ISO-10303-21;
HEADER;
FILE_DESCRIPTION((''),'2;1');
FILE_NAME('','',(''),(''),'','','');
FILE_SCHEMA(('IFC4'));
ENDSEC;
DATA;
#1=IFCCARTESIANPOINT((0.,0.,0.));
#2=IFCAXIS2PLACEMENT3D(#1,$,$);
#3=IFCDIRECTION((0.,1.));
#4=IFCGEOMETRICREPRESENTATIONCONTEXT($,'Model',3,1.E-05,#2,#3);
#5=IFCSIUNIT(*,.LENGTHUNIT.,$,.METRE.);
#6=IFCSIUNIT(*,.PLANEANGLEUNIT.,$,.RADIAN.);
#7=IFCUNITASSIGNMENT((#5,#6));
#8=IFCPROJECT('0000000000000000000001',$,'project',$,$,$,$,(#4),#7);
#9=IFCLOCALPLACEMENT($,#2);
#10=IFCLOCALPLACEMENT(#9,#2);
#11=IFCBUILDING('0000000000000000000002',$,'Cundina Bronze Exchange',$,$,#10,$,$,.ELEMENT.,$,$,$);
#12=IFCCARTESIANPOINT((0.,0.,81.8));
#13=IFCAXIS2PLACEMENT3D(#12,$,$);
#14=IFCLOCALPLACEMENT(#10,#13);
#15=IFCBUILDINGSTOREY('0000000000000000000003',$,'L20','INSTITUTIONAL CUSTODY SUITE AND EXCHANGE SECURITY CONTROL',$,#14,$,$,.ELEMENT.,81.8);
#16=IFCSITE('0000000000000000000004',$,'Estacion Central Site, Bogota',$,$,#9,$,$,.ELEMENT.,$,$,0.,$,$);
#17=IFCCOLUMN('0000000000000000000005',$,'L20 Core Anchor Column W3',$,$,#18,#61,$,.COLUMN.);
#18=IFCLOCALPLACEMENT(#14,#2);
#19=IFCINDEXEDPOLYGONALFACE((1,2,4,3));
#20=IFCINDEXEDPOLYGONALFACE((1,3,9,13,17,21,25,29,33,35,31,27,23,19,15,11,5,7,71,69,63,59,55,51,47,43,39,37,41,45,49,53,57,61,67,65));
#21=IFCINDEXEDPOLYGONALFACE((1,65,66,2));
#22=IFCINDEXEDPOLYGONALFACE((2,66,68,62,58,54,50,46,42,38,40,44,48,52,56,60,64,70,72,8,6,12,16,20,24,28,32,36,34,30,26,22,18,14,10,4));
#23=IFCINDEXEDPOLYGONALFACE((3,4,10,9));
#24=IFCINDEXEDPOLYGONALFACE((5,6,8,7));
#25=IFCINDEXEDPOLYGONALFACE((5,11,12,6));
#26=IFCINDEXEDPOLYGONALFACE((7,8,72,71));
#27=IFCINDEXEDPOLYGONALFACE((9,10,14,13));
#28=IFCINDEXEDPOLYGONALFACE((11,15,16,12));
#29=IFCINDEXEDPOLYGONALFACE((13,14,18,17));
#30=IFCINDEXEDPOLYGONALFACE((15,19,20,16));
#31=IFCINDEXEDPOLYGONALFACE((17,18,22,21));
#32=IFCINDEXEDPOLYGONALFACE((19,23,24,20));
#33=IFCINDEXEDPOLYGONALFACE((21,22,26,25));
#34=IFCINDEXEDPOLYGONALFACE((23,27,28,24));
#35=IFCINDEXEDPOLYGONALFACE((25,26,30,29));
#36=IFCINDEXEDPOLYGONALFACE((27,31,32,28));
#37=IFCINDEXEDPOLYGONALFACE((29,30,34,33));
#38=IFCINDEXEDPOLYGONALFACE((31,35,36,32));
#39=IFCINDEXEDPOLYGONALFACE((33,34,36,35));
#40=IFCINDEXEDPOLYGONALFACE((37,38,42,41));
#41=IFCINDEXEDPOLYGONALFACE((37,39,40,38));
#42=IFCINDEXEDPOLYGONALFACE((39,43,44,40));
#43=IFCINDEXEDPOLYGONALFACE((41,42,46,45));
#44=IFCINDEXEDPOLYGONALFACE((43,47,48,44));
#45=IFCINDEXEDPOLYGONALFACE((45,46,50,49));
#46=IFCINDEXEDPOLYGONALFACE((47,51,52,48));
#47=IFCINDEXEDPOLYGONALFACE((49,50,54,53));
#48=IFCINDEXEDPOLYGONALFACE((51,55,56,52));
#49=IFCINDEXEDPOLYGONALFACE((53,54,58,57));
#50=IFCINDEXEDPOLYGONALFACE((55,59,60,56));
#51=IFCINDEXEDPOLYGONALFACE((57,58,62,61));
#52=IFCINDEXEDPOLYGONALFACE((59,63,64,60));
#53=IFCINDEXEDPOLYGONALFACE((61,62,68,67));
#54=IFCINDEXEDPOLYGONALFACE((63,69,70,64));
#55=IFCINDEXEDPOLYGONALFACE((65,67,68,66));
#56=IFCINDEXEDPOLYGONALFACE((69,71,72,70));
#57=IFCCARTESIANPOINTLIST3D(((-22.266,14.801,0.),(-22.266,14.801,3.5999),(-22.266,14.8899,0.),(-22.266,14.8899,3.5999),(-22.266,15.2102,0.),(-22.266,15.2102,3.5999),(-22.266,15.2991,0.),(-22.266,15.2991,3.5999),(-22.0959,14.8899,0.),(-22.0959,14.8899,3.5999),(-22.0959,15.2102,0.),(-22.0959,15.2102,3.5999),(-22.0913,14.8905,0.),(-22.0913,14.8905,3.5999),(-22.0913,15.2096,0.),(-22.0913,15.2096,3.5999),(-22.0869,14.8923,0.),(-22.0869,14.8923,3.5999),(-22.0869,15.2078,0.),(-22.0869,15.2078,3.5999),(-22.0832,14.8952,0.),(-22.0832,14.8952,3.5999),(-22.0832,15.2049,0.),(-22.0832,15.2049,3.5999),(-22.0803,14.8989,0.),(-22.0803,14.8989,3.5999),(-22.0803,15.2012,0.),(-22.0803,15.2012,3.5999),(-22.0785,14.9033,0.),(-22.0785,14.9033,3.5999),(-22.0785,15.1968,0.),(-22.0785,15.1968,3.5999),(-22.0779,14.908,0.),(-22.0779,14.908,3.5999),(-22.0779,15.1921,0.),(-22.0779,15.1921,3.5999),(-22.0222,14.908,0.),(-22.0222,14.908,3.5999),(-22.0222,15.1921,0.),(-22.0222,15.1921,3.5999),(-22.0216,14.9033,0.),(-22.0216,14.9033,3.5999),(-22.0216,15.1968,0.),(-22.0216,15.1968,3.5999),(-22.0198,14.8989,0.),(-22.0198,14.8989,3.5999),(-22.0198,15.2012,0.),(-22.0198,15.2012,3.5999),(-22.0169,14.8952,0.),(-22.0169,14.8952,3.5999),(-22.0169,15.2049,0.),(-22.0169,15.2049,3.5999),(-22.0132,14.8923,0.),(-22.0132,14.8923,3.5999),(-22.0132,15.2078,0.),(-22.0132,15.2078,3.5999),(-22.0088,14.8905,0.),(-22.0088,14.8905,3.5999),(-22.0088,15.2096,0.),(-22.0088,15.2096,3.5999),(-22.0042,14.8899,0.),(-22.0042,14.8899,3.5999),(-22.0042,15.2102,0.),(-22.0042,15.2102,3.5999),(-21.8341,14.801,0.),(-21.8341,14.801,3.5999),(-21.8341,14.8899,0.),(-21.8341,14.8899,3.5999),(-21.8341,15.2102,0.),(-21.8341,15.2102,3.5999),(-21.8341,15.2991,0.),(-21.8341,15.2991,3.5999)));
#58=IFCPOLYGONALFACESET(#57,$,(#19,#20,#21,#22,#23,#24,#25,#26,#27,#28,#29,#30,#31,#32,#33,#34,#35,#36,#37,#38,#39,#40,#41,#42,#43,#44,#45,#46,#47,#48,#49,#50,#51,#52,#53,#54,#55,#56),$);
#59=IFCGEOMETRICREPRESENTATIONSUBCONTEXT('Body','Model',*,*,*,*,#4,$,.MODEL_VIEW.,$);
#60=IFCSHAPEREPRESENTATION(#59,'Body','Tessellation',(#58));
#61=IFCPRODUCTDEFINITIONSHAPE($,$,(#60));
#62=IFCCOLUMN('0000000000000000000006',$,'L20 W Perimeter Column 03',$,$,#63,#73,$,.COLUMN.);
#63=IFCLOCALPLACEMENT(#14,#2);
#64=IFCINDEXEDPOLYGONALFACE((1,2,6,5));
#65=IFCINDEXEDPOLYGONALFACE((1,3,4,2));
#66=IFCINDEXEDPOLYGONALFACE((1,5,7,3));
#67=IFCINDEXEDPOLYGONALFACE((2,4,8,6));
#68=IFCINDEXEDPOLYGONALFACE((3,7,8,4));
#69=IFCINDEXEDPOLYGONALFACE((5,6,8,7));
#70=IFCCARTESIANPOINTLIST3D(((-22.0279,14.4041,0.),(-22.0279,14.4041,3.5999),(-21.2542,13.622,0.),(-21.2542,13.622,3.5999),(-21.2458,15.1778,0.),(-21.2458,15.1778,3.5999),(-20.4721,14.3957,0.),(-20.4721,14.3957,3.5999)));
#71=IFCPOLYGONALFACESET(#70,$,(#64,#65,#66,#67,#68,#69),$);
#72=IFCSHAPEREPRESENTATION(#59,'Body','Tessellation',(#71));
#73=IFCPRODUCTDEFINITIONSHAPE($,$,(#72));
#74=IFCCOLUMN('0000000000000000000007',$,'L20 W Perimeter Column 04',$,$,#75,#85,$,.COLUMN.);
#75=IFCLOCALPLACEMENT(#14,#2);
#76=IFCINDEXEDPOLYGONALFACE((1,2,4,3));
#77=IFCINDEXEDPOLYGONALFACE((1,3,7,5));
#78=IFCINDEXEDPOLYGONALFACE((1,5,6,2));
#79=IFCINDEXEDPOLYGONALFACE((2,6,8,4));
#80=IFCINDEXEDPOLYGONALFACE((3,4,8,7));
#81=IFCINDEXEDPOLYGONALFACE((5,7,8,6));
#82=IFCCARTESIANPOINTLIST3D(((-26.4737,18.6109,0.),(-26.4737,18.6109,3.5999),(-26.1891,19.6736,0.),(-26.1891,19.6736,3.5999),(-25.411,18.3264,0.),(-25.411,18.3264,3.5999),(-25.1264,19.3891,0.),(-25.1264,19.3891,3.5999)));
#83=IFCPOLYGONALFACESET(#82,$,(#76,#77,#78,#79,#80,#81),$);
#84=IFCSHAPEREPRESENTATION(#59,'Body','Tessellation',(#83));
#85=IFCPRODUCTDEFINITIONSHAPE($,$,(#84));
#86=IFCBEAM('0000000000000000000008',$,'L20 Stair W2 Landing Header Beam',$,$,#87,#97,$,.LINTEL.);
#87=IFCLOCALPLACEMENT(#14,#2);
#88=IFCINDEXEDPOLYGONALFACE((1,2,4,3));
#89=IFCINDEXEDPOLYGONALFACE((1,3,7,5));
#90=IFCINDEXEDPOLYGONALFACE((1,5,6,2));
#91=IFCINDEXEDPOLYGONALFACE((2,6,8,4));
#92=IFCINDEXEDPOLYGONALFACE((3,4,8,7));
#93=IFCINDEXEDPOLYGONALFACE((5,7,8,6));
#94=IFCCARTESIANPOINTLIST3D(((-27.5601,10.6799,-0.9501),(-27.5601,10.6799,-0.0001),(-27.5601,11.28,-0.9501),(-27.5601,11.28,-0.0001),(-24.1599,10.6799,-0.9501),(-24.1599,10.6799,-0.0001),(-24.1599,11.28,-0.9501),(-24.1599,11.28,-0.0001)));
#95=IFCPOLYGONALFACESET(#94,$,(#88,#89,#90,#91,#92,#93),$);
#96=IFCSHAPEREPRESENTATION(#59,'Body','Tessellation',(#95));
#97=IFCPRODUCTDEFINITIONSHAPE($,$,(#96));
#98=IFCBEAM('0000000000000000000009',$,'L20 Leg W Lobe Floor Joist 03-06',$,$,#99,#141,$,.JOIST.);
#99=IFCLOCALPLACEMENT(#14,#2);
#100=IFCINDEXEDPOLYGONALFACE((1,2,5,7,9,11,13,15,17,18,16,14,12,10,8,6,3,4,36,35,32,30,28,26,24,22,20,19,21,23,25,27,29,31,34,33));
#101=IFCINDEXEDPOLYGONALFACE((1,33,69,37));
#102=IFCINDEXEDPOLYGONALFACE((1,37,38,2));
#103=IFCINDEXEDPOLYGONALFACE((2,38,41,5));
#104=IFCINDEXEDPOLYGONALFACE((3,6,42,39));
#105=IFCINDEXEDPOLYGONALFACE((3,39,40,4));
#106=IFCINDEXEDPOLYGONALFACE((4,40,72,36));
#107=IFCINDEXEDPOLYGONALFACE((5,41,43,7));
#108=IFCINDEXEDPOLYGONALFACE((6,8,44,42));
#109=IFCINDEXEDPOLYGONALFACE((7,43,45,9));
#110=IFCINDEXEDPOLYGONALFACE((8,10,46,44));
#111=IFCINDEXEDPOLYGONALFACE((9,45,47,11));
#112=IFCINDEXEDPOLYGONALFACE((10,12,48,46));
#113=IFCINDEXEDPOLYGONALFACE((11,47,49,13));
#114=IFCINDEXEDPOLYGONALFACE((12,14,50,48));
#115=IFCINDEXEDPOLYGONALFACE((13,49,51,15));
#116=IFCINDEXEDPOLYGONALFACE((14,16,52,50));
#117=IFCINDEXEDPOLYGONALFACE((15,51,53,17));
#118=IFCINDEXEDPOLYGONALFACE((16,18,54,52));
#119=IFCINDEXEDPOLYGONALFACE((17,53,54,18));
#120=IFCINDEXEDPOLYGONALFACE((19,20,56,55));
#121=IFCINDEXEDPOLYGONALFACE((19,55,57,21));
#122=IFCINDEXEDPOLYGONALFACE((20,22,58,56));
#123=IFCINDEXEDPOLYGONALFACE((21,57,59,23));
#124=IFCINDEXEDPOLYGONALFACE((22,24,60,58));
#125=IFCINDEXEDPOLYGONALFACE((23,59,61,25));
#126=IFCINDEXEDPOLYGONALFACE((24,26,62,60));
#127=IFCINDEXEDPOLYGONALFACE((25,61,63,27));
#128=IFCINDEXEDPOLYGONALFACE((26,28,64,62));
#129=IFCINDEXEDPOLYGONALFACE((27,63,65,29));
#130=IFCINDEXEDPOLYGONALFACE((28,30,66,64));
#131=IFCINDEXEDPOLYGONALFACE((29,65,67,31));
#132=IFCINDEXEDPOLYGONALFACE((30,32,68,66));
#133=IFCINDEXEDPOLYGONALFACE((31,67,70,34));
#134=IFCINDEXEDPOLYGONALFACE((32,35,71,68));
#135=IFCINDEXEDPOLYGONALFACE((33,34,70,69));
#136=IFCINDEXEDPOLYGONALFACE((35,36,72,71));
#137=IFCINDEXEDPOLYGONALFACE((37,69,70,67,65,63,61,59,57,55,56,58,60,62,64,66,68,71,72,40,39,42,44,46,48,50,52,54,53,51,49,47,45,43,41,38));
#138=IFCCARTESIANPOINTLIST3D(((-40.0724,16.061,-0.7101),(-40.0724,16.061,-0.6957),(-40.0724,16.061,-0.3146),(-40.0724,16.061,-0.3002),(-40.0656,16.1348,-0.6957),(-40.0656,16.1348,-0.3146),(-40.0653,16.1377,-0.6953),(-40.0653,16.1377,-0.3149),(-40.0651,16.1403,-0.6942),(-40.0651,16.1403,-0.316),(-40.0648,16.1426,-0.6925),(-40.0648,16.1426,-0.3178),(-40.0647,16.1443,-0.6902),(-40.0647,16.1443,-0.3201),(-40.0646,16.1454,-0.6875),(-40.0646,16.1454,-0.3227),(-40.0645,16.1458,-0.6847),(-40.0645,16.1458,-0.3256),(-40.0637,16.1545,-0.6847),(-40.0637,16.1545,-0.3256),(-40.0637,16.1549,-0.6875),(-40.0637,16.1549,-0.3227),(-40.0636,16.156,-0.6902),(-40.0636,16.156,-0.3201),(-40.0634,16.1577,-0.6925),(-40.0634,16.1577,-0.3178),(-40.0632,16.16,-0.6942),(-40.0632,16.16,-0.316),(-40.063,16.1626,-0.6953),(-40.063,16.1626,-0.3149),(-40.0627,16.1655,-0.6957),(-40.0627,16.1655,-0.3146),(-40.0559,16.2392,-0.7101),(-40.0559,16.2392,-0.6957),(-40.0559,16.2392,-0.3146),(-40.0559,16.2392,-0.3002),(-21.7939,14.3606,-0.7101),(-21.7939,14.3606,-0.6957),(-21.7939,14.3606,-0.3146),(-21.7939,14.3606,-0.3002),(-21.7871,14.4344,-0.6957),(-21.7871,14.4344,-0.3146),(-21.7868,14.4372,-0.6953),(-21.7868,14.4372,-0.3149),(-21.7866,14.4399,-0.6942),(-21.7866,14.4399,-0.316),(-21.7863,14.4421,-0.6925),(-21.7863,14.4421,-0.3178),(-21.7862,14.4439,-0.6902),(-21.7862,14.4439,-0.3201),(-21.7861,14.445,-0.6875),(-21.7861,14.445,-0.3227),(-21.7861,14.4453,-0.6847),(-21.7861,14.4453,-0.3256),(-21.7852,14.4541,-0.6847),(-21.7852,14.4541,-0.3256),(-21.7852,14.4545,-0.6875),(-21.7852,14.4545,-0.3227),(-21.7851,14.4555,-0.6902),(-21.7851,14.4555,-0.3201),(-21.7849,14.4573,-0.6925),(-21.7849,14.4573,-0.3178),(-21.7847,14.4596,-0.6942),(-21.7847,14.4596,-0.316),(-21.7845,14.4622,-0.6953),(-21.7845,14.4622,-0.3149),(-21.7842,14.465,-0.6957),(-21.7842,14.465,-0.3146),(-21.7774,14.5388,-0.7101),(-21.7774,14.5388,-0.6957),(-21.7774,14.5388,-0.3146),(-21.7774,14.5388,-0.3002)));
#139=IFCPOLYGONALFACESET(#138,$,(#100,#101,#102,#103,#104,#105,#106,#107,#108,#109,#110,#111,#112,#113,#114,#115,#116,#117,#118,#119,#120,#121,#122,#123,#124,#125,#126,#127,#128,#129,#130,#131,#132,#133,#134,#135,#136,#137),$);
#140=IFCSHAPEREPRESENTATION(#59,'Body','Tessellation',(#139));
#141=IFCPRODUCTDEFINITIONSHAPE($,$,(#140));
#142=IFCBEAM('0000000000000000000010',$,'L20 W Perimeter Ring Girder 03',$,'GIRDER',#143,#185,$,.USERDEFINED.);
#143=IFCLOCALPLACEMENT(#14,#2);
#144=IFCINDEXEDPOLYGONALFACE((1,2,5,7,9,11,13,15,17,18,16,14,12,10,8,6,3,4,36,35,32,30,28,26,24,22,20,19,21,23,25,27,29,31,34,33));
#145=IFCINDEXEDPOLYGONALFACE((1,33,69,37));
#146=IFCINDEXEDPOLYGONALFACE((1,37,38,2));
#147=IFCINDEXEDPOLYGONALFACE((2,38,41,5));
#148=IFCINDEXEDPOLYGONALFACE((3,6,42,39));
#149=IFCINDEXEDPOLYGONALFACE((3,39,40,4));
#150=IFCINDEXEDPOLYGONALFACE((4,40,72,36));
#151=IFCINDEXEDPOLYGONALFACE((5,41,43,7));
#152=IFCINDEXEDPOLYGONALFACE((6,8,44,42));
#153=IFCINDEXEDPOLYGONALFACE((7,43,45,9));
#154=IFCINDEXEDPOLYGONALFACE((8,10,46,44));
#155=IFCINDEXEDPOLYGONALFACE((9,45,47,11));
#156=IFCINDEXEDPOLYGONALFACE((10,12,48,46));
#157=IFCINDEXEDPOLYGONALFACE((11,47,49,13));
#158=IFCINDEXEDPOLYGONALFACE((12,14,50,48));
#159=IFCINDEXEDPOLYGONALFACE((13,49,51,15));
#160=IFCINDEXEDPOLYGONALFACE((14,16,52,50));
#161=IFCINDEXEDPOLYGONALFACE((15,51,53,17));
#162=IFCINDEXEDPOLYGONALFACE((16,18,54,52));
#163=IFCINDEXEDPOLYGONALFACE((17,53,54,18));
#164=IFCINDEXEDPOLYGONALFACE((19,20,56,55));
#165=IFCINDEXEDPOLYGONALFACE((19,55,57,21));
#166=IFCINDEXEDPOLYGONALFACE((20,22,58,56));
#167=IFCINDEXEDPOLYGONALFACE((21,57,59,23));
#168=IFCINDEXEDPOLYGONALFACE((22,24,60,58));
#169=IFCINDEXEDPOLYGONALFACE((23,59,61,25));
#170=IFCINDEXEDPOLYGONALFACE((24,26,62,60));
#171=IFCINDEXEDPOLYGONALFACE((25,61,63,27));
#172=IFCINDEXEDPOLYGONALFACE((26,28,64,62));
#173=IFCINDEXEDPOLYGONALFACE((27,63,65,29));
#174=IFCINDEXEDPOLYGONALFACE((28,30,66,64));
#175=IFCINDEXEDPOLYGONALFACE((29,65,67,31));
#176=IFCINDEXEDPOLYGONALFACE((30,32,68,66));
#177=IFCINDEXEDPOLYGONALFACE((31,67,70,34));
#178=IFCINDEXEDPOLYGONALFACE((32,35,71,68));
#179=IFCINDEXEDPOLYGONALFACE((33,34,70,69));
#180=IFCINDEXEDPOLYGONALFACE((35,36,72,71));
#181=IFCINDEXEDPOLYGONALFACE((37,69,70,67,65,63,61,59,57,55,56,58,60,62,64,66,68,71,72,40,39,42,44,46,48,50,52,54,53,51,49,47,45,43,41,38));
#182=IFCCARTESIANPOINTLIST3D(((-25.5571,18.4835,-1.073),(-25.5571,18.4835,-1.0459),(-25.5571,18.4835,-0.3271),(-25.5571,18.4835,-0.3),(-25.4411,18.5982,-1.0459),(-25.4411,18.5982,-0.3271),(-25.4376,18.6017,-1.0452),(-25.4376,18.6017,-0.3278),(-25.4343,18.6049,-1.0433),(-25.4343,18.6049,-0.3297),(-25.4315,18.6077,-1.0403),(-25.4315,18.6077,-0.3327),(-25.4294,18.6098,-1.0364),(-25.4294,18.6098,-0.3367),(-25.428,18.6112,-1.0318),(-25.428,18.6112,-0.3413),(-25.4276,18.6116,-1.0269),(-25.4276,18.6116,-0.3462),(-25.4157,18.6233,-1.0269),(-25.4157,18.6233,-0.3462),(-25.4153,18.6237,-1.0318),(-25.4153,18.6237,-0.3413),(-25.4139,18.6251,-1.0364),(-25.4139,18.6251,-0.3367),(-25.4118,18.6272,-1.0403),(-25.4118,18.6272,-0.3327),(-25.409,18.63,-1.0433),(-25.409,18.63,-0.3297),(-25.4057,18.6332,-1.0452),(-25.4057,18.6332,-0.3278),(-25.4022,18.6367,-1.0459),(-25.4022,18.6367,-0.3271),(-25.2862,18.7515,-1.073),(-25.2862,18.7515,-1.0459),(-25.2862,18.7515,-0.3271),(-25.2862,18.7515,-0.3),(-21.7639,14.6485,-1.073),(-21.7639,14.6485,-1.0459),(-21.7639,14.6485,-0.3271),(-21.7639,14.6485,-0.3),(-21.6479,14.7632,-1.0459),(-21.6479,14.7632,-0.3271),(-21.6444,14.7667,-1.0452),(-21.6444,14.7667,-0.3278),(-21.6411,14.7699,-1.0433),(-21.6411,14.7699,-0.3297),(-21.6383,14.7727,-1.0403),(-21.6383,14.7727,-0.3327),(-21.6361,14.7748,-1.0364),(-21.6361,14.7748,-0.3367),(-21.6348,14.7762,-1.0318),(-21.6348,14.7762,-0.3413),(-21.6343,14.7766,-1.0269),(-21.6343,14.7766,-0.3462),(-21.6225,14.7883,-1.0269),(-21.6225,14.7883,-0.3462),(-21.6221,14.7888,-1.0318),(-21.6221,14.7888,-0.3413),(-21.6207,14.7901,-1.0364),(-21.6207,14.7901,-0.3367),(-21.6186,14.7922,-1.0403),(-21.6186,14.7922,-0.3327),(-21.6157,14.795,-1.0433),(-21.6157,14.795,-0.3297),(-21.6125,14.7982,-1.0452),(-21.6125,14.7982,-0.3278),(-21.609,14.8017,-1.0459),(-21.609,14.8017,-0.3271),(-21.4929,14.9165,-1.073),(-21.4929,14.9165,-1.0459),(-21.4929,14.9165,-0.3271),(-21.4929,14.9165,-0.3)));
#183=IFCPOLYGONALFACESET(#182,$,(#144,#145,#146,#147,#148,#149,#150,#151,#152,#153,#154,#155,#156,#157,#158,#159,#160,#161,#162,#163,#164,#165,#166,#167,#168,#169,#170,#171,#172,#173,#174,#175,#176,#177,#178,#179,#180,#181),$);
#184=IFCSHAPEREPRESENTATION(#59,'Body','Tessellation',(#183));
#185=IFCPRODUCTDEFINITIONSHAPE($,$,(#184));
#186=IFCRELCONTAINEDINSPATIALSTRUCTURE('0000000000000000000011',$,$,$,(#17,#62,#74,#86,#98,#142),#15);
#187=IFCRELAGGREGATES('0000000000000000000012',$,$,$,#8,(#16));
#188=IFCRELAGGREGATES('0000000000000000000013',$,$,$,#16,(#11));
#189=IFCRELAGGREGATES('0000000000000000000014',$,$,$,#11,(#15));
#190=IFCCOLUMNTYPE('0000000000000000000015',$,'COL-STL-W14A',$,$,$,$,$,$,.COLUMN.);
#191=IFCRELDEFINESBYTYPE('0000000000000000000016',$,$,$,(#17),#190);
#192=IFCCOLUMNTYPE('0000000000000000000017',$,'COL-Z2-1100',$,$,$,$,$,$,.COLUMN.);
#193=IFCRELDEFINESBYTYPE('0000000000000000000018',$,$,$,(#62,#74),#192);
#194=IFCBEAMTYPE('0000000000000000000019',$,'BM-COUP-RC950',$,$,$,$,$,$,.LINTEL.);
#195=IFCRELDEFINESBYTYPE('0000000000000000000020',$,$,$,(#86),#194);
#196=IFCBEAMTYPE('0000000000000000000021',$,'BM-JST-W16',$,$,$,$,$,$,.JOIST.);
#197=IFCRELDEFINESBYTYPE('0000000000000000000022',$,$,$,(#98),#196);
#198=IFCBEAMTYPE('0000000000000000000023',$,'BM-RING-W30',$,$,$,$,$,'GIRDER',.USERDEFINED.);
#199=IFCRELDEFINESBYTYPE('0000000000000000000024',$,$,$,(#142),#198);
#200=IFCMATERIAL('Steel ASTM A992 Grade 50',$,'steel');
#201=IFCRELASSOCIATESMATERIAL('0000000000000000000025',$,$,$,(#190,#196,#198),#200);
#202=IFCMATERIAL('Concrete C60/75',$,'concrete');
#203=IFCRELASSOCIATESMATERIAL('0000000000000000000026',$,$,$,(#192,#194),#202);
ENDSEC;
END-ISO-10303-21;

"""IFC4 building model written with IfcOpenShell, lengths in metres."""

from ifc_helpers import new_model, si_unit, direction, frame, origin, origin_2d, place, context, subcontext, project, spatial, rectangle, i_section, extrude, material, material_profile, profile_set, type_object, element, save


model = new_model("IFC4")

# Units and contexts
model_context = context("Model", 3, precision=1e-05, world=origin(), true_north=direction((0.0, 1.0)))
body_context = subcontext(model_context, "Body", "Model", "MODEL_VIEW")
ifc_project = project(units=[si_unit("LENGTHUNIT", "METRE"), si_unit("PLANEANGLEUNIT", "RADIAN")], contexts=[model_context])

# Site, building, storey
site_placement = place(None, origin())
site = spatial("IfcSite", under=ifc_project, at=site_placement, Name="Estacion Central Site, Bogota", CompositionType="ELEMENT", RefElevation=0.0)
building_placement = place(site_placement, origin())
building = spatial("IfcBuilding", under=site, at=building_placement, Name="Cundina Bronze Exchange", CompositionType="ELEMENT")
storey_placement = place(building_placement, frame((0.0, 0.0, 81.8)))
storey = spatial("IfcBuildingStorey", under=building, at=storey_placement, Name="L20", Description="INSTITUTIONAL CUSTODY SUITE AND EXCHANGE SECURITY CONTROL", CompositionType="ELEMENT", Elevation=81.8)

# Columns
ifc_material_1 = material(Name="Steel ASTM A992 Grade 50", Category="steel")
ifc_material_profile_1 = material_profile(ifc_material_1, i_section(OverallWidth=0.4319, OverallDepth=0.498, WebThickness=0.0557, FlangeThickness=0.0889, FilletRadius=0.0181, at=origin_2d()), Name="W14X500", Category="steel")
ifc_profile_set_1 = profile_set([ifc_material_profile_1], Name="Steel ASTM A992 Grade 50")
column_type_1 = type_object("IfcColumnType", Name="COL-STL-W14A", PredefinedType="COLUMN", material=ifc_profile_set_1)
column_placement = place(storey_placement, frame((-22.05, 15.05, 0.0), z_axis=(0.0, 0.0, 1.0), x_axis=(1.0, 0.0, 0.0)))
element("IfcColumn", 1, at=column_placement, inside=storey, type_object=column_type_1, Name="L20 Core Anchor Column W3", PredefinedType="COLUMN", context=body_context, shape_type="SweptSolid", body=[
    extrude(i_section(OverallWidth=0.4319, OverallDepth=0.498, WebThickness=0.0557, FlangeThickness=0.0889, FilletRadius=0.0181, at=origin_2d()), origin(), (0.0, 0.0, 1.0), 3.5999),
])
ifc_material_2 = material(Name="Concrete C60/75", Category="concrete")
ifc_material_profile_2 = material_profile(ifc_material_2, rectangle(XDim=1.1001, YDim=1.1001, at=origin_2d()), Name="RC1100X1100", Category="concrete")
ifc_profile_set_2 = profile_set([ifc_material_profile_2], Name="Concrete C60/75")
column_type_2 = type_object("IfcColumnType", Name="COL-Z2-1100", PredefinedType="COLUMN", material=ifc_profile_set_2)
for number, where, z_axis, x_axis, name in (
    (2, (-21.25, 14.3999, 0.0), (0.0, 0.0, 1.0), (-0.703271, 0.710922, 0.0), "L20 W Perimeter Column 03"),
    (3, (-25.8, 19.0, 0.0), (0.0, 0.0, 1.0), (-0.965971, 0.25865, 0.0), "L20 W Perimeter Column 04"),
):
    element("IfcColumn", number, at=place(storey_placement, frame(where, z_axis=z_axis, x_axis=x_axis)), inside=storey, type_object=column_type_2, Name=name, PredefinedType="COLUMN", context=body_context, shape_type="SweptSolid", body=[
        extrude(rectangle(XDim=1.1001, YDim=1.1001, at=origin_2d()), origin(), (0.0, 0.0, 1.0), 3.5999),
    ])

# Beams
ifc_material_profile_3 = material_profile(ifc_material_2, rectangle(XDim=0.6001, YDim=0.95, at=origin_2d()), Name="RC600X950", Category="concrete")
ifc_profile_set_3 = profile_set([ifc_material_profile_3], Name="Concrete C60/75")
beam_type_1 = type_object("IfcBeamType", Name="BM-COUP-RC950", PredefinedType="LINTEL", material=ifc_profile_set_3)
beam_1_placement = place(storey_placement, frame((-27.5601, 10.98, -0.4751), z_axis=(1.0, 0.0, 0.0), x_axis=(0.0, 1.0, 0.0)))
element("IfcBeam", 4, at=beam_1_placement, inside=storey, type_object=beam_type_1, Name="L20 Stair W2 Landing Header Beam", PredefinedType="LINTEL", context=body_context, shape_type="SweptSolid", body=[
    extrude(rectangle(XDim=0.6001, YDim=0.95, at=origin_2d()), origin(), (0.0, 0.0, 1.0), 3.4001),
])
ifc_material_profile_4 = material_profile(ifc_material_1, i_section(OverallWidth=0.179, OverallDepth=0.4099, WebThickness=0.0088, FlangeThickness=0.0144, FilletRadius=0.011, at=origin_2d()), Name="W16X45", Category="steel")
ifc_profile_set_4 = profile_set([ifc_material_profile_4], Name="Steel ASTM A992 Grade 50")
beam_type_2 = type_object("IfcBeamType", Name="BM-JST-W16", PredefinedType="JOIST", material=ifc_profile_set_4)
beam_2_placement = place(storey_placement, frame((-21.7856, 14.4497, -0.5051), z_axis=(-0.995701, 0.092629, 0.0), x_axis=(-0.092629, -0.995701, 0.0)))
element("IfcBeam", 5, at=beam_2_placement, inside=storey, type_object=beam_type_2, Name="L20 Leg W Lobe Floor Joist 03-06", PredefinedType="JOIST", context=body_context, shape_type="SweptSolid", body=[
    extrude(i_section(OverallWidth=0.179, OverallDepth=0.4099, WebThickness=0.0088, FlangeThickness=0.0144, FilletRadius=0.011, at=origin_2d()), origin(), (0.0, 0.0, 1.0), 18.3574),
])
ifc_material_profile_5 = material_profile(ifc_material_1, i_section(OverallWidth=0.3811, OverallDepth=0.7729, WebThickness=0.0166, FlangeThickness=0.0271, FilletRadius=0.019, at=origin_2d()), Name="W30X173", Category="steel")
ifc_profile_set_5 = profile_set([ifc_material_profile_5], Name="Steel ASTM A992 Grade 50")
beam_type_3 = type_object("IfcBeamType", Name="BM-RING-W30", ElementType="GIRDER", PredefinedType="USERDEFINED", material=ifc_profile_set_5)
beam_3_placement = place(storey_placement, frame((-21.6284, 14.7825, -0.6865), z_axis=(-0.703226, 0.710966, 0.0), x_axis=(-0.710966, -0.703226, 0.0)))
element("IfcBeam", 6, at=beam_3_placement, inside=storey, type_object=beam_type_3, Name="L20 W Perimeter Ring Girder 03", ObjectType="GIRDER", PredefinedType="USERDEFINED", context=body_context, shape_type="SweptSolid", body=[
    extrude(i_section(OverallWidth=0.3811, OverallDepth=0.7729, WebThickness=0.0166, FlangeThickness=0.0271, FilletRadius=0.019, at=origin_2d()), origin(), (0.0, 0.0, 1.0), 5.394),
])

save(model, "model.ifc")
